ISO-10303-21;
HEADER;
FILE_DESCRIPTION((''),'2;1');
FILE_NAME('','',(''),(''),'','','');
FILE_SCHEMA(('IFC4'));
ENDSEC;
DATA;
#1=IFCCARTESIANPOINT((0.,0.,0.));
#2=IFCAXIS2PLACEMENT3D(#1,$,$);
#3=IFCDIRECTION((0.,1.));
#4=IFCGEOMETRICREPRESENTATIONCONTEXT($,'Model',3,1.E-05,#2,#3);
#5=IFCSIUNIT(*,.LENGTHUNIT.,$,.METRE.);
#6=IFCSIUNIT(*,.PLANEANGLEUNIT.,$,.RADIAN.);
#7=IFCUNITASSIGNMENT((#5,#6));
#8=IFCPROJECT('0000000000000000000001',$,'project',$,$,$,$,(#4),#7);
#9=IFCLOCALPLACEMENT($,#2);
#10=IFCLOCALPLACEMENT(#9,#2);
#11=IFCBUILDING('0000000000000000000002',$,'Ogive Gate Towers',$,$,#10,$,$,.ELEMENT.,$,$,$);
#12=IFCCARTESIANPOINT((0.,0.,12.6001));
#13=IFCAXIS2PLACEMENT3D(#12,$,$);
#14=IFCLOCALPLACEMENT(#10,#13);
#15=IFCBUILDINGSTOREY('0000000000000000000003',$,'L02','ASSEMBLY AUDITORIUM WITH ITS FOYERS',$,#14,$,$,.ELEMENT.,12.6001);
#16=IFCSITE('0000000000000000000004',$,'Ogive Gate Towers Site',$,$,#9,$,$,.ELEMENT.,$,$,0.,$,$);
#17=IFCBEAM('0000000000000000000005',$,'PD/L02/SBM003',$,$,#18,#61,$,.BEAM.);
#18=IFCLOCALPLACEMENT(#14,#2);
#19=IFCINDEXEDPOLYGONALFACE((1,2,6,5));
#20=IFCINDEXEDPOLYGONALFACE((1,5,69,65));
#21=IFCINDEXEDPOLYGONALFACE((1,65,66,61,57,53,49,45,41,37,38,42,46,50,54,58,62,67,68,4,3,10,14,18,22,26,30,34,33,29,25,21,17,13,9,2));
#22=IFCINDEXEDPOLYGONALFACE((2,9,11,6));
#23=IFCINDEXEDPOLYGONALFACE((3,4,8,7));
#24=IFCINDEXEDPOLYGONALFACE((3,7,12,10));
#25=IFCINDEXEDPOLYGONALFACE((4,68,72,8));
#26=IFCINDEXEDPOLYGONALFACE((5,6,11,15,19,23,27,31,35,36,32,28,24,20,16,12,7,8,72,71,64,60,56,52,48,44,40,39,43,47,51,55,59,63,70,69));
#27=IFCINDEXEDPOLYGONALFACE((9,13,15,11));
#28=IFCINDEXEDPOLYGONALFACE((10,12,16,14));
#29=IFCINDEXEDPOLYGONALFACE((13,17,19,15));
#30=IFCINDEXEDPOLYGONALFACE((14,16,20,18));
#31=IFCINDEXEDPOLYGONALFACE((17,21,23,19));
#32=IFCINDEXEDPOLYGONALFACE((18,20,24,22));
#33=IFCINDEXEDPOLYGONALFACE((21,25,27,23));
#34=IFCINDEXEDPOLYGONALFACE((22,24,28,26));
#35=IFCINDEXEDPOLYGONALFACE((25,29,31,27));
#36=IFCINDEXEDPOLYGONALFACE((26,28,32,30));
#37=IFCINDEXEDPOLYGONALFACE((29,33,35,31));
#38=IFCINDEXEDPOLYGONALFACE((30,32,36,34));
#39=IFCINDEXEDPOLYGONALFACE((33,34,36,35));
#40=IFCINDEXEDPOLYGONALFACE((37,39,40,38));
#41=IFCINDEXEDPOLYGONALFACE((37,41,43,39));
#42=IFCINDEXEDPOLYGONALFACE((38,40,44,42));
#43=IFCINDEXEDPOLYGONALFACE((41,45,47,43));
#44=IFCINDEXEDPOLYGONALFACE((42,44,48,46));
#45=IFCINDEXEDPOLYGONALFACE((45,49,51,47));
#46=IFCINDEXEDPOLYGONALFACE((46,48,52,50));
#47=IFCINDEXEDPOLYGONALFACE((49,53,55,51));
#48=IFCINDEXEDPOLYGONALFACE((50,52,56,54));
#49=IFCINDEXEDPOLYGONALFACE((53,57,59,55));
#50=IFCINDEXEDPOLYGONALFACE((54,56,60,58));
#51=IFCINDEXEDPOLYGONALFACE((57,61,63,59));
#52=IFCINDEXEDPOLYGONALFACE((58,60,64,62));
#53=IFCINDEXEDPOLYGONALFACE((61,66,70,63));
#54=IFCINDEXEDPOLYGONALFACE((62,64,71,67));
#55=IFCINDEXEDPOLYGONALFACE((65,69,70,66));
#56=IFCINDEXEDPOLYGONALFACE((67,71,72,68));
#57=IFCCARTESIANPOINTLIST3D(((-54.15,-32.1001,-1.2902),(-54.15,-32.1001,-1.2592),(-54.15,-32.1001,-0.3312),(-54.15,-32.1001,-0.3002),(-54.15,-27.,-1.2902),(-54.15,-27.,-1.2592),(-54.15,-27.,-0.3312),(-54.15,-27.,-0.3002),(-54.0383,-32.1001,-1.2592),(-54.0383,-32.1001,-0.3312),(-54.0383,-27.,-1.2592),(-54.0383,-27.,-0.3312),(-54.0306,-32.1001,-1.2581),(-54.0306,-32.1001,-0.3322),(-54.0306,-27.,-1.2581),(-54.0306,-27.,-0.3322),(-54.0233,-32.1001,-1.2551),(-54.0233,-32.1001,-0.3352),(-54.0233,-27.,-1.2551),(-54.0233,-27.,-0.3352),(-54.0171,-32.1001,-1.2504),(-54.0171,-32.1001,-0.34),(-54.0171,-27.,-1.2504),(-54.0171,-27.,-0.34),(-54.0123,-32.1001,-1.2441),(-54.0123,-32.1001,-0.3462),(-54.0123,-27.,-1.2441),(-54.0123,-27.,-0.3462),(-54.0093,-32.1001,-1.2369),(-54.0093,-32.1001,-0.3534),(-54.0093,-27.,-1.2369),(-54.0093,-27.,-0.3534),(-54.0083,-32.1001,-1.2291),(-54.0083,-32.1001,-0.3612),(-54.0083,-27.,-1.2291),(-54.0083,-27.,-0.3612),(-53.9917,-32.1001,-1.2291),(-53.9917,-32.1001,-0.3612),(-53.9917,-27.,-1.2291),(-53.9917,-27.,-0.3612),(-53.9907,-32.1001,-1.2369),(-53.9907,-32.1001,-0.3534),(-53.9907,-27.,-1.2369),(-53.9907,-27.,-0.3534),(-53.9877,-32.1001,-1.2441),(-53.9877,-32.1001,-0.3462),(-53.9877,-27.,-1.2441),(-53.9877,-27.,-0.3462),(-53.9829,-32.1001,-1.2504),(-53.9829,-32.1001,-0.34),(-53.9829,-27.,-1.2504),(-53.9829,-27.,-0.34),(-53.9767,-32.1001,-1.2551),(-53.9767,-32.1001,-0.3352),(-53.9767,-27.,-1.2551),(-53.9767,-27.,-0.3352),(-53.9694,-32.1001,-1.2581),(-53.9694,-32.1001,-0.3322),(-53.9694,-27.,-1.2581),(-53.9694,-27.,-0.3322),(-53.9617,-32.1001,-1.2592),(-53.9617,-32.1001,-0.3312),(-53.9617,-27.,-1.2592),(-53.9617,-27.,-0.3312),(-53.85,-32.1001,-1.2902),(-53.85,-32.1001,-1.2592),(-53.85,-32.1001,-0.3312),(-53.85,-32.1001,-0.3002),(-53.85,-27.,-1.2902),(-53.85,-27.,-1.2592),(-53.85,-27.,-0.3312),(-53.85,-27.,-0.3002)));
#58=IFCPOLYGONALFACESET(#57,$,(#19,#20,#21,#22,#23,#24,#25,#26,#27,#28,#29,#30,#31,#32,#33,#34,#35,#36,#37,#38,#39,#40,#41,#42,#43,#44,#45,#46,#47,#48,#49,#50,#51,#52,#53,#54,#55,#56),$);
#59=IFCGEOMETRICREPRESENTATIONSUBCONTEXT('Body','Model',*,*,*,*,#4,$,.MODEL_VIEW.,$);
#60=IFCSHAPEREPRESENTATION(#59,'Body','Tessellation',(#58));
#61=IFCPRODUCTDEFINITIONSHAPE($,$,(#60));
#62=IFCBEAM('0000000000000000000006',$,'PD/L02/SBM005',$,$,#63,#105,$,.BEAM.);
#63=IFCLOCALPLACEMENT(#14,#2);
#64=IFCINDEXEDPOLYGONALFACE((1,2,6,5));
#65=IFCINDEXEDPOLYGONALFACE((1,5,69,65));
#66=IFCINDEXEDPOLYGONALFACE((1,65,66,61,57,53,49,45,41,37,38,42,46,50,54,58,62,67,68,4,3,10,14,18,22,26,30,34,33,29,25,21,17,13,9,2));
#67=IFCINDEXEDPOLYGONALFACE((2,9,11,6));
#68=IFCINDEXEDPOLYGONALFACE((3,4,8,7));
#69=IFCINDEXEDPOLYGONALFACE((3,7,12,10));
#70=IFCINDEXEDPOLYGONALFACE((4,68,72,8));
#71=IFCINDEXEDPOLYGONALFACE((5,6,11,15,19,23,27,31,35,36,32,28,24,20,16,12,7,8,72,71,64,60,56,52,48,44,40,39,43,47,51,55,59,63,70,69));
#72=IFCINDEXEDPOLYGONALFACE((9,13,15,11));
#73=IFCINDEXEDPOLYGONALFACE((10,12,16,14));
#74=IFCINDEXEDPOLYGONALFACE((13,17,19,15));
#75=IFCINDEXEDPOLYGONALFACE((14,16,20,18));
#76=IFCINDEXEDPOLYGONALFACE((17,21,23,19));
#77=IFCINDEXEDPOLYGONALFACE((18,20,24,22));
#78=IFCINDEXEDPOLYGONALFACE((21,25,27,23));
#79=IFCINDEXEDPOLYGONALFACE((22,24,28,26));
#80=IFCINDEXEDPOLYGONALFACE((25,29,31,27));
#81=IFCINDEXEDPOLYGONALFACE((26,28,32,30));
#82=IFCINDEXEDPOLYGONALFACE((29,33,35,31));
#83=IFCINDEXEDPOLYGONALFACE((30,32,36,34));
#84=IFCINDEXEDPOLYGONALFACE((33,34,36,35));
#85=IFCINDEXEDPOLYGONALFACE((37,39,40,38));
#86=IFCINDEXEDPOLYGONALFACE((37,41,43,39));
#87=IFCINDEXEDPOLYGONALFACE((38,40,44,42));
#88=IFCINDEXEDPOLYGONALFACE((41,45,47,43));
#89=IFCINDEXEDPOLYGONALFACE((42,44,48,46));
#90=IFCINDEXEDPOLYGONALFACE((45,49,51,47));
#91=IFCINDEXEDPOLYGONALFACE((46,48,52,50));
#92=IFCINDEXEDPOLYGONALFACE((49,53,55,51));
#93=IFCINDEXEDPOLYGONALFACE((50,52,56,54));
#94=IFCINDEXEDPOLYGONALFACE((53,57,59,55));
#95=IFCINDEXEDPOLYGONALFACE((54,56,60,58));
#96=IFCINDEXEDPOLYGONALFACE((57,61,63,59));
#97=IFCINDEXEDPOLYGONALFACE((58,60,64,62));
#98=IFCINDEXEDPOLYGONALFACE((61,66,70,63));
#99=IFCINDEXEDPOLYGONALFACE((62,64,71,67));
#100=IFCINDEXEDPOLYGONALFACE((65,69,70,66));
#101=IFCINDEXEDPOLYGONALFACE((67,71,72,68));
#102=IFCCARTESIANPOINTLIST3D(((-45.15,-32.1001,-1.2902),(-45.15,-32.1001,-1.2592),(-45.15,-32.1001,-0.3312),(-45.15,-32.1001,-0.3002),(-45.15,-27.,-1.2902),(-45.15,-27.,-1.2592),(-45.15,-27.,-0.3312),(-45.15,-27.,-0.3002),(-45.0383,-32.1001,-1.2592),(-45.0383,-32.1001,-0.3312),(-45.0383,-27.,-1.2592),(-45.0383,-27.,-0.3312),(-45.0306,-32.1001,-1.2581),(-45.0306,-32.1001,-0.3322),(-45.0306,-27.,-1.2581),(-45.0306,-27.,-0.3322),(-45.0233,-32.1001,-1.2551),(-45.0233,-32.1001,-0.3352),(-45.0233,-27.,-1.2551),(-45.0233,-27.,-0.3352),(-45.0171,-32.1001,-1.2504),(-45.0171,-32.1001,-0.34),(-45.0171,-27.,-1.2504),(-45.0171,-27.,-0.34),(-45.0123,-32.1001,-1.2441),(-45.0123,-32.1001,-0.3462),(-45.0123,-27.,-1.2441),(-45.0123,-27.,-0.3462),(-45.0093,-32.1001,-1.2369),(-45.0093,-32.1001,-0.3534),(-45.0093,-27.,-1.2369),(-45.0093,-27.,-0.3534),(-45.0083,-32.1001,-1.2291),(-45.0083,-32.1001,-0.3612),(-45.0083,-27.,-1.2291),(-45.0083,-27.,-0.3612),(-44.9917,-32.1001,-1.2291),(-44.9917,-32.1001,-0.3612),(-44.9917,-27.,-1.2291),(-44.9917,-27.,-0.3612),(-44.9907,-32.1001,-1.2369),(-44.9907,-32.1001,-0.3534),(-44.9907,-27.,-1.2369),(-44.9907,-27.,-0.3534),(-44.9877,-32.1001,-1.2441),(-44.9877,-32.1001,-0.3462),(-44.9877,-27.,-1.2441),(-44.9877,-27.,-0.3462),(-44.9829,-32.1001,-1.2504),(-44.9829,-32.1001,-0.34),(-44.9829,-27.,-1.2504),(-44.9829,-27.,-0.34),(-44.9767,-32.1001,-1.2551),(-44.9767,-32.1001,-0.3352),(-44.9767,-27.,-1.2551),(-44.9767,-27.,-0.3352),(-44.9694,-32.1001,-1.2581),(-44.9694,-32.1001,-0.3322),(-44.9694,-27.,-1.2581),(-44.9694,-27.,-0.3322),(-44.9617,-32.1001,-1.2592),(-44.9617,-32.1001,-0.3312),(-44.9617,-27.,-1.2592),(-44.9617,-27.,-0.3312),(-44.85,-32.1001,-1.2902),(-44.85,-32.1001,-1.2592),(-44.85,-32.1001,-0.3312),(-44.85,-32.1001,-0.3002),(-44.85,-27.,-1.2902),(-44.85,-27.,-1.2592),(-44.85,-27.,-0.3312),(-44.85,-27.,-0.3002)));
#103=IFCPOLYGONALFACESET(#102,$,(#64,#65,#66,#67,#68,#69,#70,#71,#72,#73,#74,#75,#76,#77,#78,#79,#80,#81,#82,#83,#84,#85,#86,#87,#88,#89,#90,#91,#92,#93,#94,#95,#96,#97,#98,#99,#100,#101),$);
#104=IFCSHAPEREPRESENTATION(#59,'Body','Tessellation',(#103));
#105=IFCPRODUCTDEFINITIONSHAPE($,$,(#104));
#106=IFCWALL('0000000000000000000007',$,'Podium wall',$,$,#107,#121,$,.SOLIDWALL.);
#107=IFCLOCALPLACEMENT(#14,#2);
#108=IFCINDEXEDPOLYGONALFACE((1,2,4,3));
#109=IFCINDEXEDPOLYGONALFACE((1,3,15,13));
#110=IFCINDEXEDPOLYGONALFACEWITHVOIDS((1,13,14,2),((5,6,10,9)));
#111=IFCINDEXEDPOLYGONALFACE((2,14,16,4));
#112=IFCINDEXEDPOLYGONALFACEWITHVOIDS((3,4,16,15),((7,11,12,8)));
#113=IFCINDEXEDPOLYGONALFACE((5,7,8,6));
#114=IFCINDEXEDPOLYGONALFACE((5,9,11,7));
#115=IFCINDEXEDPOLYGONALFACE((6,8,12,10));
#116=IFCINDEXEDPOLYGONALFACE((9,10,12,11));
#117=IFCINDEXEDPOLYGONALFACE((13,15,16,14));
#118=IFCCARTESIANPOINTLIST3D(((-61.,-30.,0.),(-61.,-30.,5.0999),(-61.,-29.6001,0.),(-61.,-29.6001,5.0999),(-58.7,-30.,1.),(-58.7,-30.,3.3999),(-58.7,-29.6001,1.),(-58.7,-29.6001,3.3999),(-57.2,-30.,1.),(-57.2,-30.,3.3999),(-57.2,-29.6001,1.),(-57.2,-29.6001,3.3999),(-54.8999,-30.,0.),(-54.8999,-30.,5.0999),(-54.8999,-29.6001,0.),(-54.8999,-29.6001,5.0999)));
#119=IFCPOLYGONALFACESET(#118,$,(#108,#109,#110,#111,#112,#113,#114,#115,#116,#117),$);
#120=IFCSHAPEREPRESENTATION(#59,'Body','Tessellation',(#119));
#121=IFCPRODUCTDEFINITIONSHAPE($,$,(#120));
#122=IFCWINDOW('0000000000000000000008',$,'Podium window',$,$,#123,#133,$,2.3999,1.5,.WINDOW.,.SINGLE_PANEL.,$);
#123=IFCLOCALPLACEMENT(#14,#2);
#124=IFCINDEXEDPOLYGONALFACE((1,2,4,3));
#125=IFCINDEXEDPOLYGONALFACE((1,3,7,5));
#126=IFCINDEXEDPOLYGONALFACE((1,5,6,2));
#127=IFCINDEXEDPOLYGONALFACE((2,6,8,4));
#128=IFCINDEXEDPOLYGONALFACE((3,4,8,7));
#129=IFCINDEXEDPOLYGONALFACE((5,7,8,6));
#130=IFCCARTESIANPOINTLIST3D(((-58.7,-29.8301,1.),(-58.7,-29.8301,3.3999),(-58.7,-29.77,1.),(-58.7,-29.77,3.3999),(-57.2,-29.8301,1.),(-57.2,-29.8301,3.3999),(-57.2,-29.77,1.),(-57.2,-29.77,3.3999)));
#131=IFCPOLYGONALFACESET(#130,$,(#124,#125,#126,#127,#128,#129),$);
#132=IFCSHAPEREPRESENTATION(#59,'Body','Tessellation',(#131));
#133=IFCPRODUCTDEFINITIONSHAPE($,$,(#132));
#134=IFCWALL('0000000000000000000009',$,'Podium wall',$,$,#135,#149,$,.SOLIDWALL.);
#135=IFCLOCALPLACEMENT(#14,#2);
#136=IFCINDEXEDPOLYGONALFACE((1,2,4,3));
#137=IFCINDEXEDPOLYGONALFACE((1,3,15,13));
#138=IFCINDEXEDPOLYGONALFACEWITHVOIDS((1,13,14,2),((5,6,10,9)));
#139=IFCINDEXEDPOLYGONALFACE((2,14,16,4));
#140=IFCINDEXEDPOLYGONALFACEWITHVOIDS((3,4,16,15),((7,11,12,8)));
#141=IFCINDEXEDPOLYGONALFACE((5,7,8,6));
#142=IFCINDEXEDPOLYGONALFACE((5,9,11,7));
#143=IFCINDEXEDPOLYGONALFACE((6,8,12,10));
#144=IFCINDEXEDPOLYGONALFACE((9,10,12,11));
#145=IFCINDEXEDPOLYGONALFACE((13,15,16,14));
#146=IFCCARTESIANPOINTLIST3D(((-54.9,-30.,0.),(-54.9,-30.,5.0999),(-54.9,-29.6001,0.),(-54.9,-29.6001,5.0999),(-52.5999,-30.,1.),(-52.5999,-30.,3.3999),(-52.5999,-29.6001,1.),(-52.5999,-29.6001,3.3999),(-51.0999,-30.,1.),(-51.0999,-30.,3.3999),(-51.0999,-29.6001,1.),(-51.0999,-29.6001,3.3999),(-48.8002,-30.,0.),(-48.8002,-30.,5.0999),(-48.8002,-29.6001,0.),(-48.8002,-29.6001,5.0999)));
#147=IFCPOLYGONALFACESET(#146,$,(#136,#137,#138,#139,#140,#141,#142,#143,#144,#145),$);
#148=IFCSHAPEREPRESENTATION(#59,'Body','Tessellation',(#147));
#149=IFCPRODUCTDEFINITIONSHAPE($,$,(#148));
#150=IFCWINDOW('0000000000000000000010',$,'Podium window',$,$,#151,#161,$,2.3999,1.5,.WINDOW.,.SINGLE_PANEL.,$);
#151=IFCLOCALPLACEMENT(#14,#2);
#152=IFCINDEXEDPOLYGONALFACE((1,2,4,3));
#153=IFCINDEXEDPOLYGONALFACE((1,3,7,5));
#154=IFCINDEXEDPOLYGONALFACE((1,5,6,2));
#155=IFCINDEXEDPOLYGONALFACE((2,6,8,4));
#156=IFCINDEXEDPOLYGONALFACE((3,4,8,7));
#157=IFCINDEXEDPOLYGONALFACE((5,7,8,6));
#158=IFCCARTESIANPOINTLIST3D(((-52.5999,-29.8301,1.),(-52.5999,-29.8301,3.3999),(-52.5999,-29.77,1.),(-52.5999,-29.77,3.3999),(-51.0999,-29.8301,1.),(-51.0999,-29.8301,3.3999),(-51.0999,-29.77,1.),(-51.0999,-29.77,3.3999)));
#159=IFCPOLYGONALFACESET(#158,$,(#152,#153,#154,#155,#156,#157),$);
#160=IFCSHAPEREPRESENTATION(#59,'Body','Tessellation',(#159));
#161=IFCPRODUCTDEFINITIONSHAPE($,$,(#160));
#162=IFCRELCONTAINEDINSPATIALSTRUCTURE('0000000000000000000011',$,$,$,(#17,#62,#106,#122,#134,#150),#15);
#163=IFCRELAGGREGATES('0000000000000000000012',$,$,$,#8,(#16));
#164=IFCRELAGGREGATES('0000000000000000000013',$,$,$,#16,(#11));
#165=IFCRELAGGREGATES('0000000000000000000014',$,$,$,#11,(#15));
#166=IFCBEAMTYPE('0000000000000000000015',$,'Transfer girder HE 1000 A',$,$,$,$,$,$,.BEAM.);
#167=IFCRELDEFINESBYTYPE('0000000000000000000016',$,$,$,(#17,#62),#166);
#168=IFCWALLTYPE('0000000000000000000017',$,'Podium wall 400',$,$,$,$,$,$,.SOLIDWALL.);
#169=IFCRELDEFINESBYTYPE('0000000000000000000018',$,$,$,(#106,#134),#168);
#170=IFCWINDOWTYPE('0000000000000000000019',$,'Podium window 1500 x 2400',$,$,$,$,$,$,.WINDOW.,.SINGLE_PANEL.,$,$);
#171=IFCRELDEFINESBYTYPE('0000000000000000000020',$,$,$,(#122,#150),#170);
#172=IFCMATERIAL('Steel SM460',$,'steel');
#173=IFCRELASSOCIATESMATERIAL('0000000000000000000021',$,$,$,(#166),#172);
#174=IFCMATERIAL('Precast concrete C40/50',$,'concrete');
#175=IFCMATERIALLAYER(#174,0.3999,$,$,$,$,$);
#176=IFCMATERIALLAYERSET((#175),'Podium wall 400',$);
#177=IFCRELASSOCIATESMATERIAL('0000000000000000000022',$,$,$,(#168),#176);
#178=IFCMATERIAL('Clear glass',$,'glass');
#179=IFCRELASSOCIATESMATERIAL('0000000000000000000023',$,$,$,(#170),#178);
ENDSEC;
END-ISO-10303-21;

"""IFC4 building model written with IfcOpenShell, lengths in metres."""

from ifc_helpers import new_model, si_unit, direction, frame, frame_2d, origin, origin_2d, place, context, subcontext, project, spatial, rectangle, i_section, extrude, material, layer, layer_set, material_profile, profile_set, type_object, element, fill, save


model = new_model("IFC4")

# Units and contexts
model_context = context("Model", 3, precision=1e-05, world=origin(), true_north=direction((0.0, 1.0)))
body_context = subcontext(model_context, "Body", "Model", "MODEL_VIEW")
ifc_project = project(units=[si_unit("LENGTHUNIT", "METRE"), si_unit("PLANEANGLEUNIT", "RADIAN")], contexts=[model_context])

# Site, building, storey
site_placement = place(None, origin())
site = spatial("IfcSite", under=ifc_project, at=site_placement, Name="Ogive Gate Towers Site", CompositionType="ELEMENT", RefElevation=0.0)
building_placement = place(site_placement, origin())
building = spatial("IfcBuilding", under=site, at=building_placement, Name="Ogive Gate Towers", CompositionType="ELEMENT")
storey_placement = place(building_placement, frame((0.0, 0.0, 12.6001)))
storey = spatial("IfcBuildingStorey", under=building, at=storey_placement, Name="L02", Description="ASSEMBLY AUDITORIUM WITH ITS FOYERS", CompositionType="ELEMENT", Elevation=12.6001)

# Beams
ifc_material_1 = material(Name="Steel SM460", Category="steel")
ifc_material_profile_1 = material_profile(ifc_material_1, i_section(OverallWidth=0.3, OverallDepth=0.99, WebThickness=0.0166, FlangeThickness=0.031, FilletRadius=0.03, at=origin_2d()), Name="HE 1000 A")
ifc_profile_set_1 = profile_set([ifc_material_profile_1], Name="Steel SM460")
beam_type_1 = type_object("IfcBeamType", Name="Transfer girder HE 1000 A", PredefinedType="BEAM", material=ifc_profile_set_1)
for number, where, z_axis, x_axis, name in (
    (1, (-54.0, -32.1001, -0.7952), (0.0, 1.0, 0.0), (-1.0, 0.0, 0.0), "PD/L02/SBM003"),
    (2, (-45.0, -32.1001, -0.7952), (0.0, 1.0, 0.0), (-1.0, 0.0, 0.0), "PD/L02/SBM005"),
):
    element("IfcBeam", number, at=place(storey_placement, frame(where, z_axis=z_axis, x_axis=x_axis)), inside=storey, type_object=beam_type_1, Name=name, PredefinedType="BEAM", context=body_context, shape_type="SweptSolid", body=[
        extrude(i_section(OverallWidth=0.3, OverallDepth=0.99, WebThickness=0.0166, FlangeThickness=0.031, FilletRadius=0.03, at=origin_2d()), origin(), (0.0, 0.0, 1.0), 5.1001),
    ])

# Walls, openings, windows
ifc_material_2 = material(Name="Precast concrete C40/50", Category="concrete")
ifc_layer = layer(ifc_material_2, 0.3999)
ifc_layer_set = layer_set([ifc_layer], Name="Podium wall 400")
wall_type = type_object("IfcWallType", Name="Podium wall 400", PredefinedType="SOLIDWALL", material=ifc_layer_set)
wall_1_placement = place(storey_placement, frame((-61.0, -29.8, 0.0), z_axis=(0.0, 0.0, 1.0), x_axis=(1.0, 0.0, 0.0)))
wall_1 = element("IfcWall", 3, at=wall_1_placement, inside=storey, type_object=wall_type, Name="Podium wall", PredefinedType="SOLIDWALL", context=body_context, shape_type="SweptSolid", body=[
    extrude(rectangle(XDim=6.1001, YDim=0.3999, at=frame_2d((3.05, 0.0))), origin(), (0.0, 0.0, 1.0), 5.0999),
])
opening_1_placement = place(wall_1_placement, frame((2.3, 0.0, 1.0)))
opening_1 = element("IfcOpeningElement", 4, at=opening_1_placement, cuts=wall_1, PredefinedType="OPENING", context=body_context, shape_type="SweptSolid", body=[
    extrude(rectangle(XDim=1.5, YDim=2.3999, at=frame_2d((0.75, 1.2))), frame((0.0, 0.21, 0.0), z_axis=(0.0, -1.0, 0.0), x_axis=(1.0, 0.0, 0.0)), (0.0, 0.0, 1.0), 0.4199),
])
ifc_material_3 = material(Name="Clear glass", Category="glass")
window_type = type_object("IfcWindowType", Name="Podium window 1500 x 2400", PartitioningType="SINGLE_PANEL", PredefinedType="WINDOW", material=ifc_material_3)
window_1_placement = place(opening_1_placement, origin())
window_1 = element("IfcWindow", 5, at=window_1_placement, inside=storey, type_object=window_type, Name="Podium window", OverallHeight=2.3999, OverallWidth=1.5, PartitioningType="SINGLE_PANEL", PredefinedType="WINDOW", context=body_context, shape_type="SweptSolid", body=[
    extrude(rectangle(XDim=1.5, YDim=2.3999, at=frame_2d((0.75, 1.2))), frame((0.0, 0.03, 0.0), z_axis=(0.0, -1.0, 0.0), x_axis=(1.0, 0.0, 0.0)), (0.0, 0.0, 1.0), 0.0601),
])
fill(opening_1, window_1)
wall_2_placement = place(storey_placement, frame((-54.8999, -29.8, 0.0), z_axis=(0.0, 0.0, 1.0), x_axis=(1.0, 0.0, 0.0)))
wall_2 = element("IfcWall", 6, at=wall_2_placement, inside=storey, type_object=wall_type, Name="Podium wall", PredefinedType="SOLIDWALL", context=body_context, shape_type="SweptSolid", body=[
    extrude(rectangle(XDim=6.0999, YDim=0.3999, at=frame_2d((3.0498, 0.0))), origin(), (0.0, 0.0, 1.0), 5.0999),
])
opening_2_placement = place(wall_2_placement, frame((2.3, 0.0, 1.0)))
opening_2 = element("IfcOpeningElement", 7, at=opening_2_placement, cuts=wall_2, PredefinedType="OPENING", context=body_context, shape_type="SweptSolid", body=[
    extrude(rectangle(XDim=1.5, YDim=2.3999, at=frame_2d((0.75, 1.2))), frame((0.0, 0.21, 0.0), z_axis=(0.0, -1.0, 0.0), x_axis=(1.0, 0.0, 0.0)), (0.0, 0.0, 1.0), 0.4199),
])
window_2_placement = place(opening_2_placement, origin())
window_2 = element("IfcWindow", 8, at=window_2_placement, inside=storey, type_object=window_type, Name="Podium window", OverallHeight=2.3999, OverallWidth=1.5, PartitioningType="SINGLE_PANEL", PredefinedType="WINDOW", context=body_context, shape_type="SweptSolid", body=[
    extrude(rectangle(XDim=1.5, YDim=2.3999, at=frame_2d((0.75, 1.2))), frame((0.0, 0.03, 0.0), z_axis=(0.0, -1.0, 0.0), x_axis=(1.0, 0.0, 0.0)), (0.0, 0.0, 1.0), 0.0601),
])
fill(opening_2, window_2)

save(model, "model.ifc")
